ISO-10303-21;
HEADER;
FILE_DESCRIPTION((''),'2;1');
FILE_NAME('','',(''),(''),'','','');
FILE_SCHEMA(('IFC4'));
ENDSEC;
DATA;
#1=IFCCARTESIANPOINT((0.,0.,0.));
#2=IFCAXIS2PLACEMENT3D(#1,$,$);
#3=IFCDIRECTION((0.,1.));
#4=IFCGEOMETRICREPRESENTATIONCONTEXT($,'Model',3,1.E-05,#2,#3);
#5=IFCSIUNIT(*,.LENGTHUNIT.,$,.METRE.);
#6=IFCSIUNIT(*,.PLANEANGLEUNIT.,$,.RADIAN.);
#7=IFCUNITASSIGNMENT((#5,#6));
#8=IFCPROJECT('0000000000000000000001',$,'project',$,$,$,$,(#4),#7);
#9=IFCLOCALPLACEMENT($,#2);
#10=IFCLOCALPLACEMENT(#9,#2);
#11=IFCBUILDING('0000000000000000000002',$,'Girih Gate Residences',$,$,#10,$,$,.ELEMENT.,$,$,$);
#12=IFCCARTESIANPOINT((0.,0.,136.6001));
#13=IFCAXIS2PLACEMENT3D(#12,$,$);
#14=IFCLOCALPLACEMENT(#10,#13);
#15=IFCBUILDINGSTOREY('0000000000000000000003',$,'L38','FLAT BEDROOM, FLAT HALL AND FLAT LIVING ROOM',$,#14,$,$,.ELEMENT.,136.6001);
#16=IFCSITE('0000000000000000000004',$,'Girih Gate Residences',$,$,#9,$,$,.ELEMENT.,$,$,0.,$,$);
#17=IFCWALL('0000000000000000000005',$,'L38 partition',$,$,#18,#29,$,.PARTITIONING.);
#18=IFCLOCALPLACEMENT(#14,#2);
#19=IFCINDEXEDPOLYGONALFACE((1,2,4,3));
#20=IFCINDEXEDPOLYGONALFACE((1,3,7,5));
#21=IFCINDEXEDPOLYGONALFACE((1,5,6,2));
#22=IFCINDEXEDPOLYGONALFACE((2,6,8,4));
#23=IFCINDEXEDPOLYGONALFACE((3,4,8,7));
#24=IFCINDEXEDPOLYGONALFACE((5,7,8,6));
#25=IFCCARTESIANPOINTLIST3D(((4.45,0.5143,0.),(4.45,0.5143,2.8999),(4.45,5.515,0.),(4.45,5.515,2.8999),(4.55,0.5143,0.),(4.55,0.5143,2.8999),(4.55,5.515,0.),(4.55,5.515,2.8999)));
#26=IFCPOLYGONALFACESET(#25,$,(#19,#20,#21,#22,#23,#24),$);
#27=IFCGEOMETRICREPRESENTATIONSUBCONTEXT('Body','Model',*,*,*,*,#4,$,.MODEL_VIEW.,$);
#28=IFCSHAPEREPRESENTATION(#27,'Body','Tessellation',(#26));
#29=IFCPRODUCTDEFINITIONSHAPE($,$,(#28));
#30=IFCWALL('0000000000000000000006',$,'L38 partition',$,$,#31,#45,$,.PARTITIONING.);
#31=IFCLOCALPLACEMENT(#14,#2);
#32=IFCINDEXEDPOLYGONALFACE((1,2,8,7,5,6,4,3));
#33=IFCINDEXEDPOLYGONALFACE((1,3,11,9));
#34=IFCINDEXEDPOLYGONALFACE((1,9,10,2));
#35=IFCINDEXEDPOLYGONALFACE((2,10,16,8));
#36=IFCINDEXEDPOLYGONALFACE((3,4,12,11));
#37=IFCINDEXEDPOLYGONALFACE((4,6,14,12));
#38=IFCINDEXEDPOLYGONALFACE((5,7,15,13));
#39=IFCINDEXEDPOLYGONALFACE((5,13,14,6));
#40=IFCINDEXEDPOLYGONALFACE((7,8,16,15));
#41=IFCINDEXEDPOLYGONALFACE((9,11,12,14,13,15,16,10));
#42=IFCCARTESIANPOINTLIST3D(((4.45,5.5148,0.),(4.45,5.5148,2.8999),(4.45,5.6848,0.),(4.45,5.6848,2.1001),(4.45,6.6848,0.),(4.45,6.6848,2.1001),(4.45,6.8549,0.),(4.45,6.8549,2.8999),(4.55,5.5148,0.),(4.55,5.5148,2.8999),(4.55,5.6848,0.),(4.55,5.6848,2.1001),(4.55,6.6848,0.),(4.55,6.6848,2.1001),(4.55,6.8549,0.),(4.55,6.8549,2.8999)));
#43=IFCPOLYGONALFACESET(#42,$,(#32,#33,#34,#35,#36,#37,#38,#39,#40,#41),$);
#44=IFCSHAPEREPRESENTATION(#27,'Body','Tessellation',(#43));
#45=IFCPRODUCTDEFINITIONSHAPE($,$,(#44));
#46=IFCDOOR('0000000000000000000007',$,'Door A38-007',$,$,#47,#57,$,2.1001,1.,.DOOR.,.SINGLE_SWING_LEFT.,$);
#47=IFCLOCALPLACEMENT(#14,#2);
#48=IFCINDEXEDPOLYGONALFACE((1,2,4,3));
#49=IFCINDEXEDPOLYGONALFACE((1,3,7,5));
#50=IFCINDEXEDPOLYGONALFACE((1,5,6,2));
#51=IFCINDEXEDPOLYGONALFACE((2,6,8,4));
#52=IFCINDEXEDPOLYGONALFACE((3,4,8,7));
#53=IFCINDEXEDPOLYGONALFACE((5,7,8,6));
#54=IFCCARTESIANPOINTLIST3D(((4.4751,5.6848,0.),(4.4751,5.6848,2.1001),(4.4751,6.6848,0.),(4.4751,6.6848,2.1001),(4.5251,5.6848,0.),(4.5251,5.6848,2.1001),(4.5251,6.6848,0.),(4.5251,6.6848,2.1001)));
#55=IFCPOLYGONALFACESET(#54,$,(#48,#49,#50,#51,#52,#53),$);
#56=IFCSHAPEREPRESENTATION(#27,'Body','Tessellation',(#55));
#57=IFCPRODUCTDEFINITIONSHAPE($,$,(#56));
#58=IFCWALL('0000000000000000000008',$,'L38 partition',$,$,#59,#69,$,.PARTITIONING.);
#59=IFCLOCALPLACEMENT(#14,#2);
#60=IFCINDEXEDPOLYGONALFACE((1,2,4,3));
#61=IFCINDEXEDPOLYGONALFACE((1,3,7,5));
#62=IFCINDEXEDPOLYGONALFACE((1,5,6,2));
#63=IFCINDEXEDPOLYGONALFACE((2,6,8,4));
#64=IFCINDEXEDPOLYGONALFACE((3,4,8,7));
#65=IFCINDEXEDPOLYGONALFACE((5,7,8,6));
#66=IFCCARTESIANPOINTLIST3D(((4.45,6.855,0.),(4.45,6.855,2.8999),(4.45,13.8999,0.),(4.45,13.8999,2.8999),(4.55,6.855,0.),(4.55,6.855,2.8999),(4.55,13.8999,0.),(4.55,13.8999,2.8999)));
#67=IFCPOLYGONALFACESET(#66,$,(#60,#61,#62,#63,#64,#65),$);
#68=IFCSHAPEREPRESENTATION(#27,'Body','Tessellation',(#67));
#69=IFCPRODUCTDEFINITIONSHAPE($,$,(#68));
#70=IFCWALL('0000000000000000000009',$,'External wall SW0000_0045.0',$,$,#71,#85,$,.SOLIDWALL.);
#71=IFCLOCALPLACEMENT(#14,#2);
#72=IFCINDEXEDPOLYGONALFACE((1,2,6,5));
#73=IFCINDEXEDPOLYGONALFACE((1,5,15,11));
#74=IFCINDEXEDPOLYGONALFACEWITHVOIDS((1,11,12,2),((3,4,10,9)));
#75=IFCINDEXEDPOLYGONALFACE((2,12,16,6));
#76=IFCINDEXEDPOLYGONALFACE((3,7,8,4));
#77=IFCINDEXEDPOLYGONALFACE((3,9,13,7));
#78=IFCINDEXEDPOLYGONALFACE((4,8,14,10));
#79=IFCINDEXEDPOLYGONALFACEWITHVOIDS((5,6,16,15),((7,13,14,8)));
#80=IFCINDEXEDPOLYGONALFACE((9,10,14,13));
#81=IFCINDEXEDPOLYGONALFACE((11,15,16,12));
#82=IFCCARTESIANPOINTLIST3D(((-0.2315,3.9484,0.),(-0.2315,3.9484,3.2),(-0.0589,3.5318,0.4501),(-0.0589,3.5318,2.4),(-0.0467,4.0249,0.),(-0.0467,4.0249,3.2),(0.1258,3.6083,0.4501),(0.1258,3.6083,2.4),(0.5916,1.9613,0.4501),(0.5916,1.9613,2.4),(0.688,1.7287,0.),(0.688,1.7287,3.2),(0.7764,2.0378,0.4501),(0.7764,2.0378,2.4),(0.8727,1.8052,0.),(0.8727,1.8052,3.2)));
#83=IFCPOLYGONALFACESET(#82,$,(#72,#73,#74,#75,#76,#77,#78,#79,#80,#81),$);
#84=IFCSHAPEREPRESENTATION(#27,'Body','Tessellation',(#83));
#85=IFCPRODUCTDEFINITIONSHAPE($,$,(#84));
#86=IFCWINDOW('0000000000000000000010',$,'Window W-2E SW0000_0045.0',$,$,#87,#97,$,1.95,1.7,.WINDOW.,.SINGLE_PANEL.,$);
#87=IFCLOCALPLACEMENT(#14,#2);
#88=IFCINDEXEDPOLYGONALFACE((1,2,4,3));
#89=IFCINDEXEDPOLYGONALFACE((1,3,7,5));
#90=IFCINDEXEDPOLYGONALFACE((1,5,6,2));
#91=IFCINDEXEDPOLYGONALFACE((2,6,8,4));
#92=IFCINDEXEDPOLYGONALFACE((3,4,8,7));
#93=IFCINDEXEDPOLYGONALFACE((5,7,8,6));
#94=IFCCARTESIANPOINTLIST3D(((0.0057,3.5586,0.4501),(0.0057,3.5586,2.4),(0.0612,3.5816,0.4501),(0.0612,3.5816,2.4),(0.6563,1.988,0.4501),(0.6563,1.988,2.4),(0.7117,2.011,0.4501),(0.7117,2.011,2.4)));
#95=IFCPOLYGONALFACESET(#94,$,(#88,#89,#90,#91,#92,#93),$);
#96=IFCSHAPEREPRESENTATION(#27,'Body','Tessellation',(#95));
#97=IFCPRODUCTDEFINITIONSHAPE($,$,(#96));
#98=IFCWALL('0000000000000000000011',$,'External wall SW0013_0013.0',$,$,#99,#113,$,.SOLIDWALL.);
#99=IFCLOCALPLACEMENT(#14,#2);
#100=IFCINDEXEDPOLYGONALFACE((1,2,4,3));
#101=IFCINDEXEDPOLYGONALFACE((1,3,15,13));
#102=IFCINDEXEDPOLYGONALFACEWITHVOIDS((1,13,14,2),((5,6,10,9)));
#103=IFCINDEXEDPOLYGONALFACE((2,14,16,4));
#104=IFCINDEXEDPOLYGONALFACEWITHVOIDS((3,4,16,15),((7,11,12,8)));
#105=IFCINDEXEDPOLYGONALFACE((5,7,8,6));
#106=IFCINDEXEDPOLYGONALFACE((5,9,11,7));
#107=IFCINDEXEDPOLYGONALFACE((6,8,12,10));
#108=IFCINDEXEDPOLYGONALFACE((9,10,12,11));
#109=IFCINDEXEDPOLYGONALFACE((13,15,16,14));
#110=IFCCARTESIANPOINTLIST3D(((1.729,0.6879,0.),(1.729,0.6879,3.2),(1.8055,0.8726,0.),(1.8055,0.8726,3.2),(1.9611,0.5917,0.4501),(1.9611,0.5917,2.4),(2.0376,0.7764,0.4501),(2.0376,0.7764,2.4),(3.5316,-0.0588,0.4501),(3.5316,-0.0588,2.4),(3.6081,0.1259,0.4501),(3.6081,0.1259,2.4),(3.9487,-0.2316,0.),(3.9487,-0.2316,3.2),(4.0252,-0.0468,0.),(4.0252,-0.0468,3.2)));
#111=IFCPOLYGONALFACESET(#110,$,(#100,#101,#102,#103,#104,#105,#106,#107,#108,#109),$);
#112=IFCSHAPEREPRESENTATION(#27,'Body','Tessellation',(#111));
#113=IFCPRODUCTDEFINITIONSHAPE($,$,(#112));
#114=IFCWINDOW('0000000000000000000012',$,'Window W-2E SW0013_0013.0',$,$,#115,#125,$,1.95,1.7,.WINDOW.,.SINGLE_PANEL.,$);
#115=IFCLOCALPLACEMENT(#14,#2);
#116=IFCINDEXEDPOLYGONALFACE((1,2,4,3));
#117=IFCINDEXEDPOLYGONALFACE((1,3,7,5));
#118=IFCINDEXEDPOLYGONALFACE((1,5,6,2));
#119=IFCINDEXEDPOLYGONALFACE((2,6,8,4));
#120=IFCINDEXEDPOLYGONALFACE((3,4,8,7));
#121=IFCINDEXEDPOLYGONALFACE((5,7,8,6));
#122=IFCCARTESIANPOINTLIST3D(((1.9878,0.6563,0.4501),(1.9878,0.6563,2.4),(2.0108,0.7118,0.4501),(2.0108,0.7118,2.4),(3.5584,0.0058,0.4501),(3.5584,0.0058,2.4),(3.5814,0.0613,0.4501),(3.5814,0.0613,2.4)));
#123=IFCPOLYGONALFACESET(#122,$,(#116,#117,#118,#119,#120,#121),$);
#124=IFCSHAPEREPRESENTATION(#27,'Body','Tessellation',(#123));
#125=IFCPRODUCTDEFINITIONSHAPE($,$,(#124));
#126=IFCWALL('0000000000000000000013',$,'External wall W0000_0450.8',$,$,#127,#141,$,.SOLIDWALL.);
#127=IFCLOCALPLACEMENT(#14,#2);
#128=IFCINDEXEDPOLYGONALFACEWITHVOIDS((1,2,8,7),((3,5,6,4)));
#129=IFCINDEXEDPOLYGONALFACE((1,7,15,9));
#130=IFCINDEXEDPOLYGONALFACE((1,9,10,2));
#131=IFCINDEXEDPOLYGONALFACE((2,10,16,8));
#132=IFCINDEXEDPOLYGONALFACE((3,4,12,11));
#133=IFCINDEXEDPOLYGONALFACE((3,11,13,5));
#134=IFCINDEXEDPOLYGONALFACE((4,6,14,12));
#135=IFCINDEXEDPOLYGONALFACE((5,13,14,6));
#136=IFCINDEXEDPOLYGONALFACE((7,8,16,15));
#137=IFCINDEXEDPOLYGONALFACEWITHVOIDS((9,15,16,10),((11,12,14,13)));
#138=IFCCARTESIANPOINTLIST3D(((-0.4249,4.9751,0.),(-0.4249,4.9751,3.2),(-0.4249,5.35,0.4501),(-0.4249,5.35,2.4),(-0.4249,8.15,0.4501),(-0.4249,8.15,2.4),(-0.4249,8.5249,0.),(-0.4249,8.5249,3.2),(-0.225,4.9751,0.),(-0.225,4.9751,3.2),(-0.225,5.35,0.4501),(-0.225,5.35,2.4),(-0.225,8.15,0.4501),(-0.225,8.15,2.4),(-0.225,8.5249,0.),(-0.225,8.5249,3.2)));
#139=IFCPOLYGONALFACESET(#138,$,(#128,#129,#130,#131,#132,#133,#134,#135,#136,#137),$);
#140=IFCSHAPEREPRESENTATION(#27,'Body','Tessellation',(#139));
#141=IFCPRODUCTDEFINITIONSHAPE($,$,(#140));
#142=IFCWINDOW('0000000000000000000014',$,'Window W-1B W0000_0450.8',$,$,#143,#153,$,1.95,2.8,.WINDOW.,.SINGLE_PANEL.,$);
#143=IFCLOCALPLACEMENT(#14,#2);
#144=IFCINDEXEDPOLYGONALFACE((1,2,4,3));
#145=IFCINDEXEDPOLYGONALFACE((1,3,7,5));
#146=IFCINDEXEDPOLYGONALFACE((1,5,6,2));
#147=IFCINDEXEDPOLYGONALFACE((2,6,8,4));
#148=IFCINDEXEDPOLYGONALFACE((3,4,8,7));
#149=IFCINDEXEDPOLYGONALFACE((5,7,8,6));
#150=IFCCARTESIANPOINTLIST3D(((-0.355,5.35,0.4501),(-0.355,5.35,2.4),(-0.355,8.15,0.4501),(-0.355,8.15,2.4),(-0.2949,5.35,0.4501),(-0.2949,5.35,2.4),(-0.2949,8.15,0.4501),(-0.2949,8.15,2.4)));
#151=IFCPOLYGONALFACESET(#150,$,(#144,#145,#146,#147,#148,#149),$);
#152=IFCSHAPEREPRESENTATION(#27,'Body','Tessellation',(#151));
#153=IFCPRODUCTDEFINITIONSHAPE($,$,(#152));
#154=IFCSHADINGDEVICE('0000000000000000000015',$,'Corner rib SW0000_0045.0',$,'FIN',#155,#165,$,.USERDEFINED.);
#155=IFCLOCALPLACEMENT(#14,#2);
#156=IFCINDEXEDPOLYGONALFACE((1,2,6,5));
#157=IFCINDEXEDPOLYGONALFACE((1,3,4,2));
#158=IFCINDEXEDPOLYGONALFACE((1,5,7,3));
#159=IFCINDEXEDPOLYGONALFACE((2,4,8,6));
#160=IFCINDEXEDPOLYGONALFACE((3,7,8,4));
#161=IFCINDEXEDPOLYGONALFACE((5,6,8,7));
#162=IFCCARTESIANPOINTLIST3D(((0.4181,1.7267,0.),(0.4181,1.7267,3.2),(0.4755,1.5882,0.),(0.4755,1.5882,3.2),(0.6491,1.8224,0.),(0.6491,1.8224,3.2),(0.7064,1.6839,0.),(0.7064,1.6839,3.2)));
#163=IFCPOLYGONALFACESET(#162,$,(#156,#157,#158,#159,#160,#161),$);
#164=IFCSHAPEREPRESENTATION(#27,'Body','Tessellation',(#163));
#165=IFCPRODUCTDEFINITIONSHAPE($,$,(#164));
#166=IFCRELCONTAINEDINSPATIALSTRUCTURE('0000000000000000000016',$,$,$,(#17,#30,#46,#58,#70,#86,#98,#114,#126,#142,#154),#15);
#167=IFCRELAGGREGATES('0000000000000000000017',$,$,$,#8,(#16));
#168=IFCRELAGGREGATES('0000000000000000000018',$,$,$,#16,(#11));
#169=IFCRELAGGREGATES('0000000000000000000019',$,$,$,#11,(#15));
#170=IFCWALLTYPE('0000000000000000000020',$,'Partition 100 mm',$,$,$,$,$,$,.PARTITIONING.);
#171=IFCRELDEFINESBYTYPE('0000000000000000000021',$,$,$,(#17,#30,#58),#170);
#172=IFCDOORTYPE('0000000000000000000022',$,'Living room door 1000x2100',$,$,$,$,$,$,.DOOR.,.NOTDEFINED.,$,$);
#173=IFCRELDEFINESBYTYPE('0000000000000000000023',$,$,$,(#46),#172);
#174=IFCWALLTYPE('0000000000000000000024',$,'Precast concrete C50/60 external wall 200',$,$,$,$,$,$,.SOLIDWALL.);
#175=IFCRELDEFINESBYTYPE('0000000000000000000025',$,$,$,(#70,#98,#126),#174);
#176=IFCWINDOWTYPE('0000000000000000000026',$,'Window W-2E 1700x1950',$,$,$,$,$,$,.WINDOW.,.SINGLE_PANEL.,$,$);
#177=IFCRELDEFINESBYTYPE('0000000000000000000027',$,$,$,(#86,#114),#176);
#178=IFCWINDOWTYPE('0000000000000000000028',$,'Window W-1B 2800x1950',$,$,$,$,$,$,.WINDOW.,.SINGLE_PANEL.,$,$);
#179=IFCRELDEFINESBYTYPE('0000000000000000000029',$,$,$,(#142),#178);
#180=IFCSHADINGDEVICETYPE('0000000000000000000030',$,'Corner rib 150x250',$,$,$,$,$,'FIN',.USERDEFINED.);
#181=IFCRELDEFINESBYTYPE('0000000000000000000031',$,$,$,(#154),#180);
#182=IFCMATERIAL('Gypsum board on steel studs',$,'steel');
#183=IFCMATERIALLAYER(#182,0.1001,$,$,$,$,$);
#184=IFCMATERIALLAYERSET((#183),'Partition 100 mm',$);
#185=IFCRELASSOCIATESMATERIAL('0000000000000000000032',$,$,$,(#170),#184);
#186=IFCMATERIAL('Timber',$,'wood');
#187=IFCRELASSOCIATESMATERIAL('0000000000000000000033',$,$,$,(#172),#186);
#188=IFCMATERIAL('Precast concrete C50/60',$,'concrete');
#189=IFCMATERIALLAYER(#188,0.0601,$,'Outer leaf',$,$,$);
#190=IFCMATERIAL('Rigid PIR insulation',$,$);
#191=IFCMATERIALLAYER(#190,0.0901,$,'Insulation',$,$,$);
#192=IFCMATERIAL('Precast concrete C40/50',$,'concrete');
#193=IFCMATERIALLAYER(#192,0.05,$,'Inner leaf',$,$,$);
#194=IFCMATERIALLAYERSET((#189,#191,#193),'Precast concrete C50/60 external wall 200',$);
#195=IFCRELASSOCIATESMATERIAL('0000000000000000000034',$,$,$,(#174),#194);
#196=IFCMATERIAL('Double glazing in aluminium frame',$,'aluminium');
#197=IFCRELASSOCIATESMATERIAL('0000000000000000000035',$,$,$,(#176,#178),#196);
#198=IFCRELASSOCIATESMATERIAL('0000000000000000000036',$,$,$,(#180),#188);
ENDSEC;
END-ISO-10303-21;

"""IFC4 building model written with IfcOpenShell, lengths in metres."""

from ifc_helpers import new_model, si_unit, direction, frame, frame_2d, origin, origin_2d, place, context, subcontext, project, spatial, rectangle, extrude, material, layer, layer_set, type_object, element, fill, save


model = new_model("IFC4")

# Units and contexts
model_context = context("Model", 3, precision=1e-05, world=origin(), true_north=direction((0.0, 1.0)))
body_context = subcontext(model_context, "Body", "Model", "MODEL_VIEW")
ifc_project = project(units=[si_unit("LENGTHUNIT", "METRE"), si_unit("PLANEANGLEUNIT", "RADIAN")], contexts=[model_context])

# Site, building, storey
site_placement = place(None, origin())
site = spatial("IfcSite", under=ifc_project, at=site_placement, Name="Girih Gate Residences", CompositionType="ELEMENT", RefElevation=0.0)
building_placement = place(site_placement, origin())
building = spatial("IfcBuilding", under=site, at=building_placement, Name="Girih Gate Residences", CompositionType="ELEMENT")
storey_placement = place(building_placement, frame((0.0, 0.0, 136.6001)))
storey = spatial("IfcBuildingStorey", under=building, at=storey_placement, Name="L38", Description="FLAT BEDROOM, FLAT HALL AND FLAT LIVING ROOM", CompositionType="ELEMENT", Elevation=136.6001)

# Wall
ifc_material_1 = material(Name="Gypsum board on steel studs", Category="steel")
ifc_layer_1 = layer(ifc_material_1, 0.1001)
ifc_layer_set_1 = layer_set([ifc_layer_1], Name="Partition 100 mm")
wall_type_1 = type_object("IfcWallType", Name="Partition 100 mm", PredefinedType="PARTITIONING", material=ifc_layer_set_1)
wall_1_placement = place(storey_placement, frame((4.5, 0.5142, 0.0), z_axis=(0.0, 0.0, 1.0), x_axis=(0.0, 1.0, 0.0)))
element("IfcWall", 1, at=wall_1_placement, inside=storey, type_object=wall_type_1, Name="L38 partition", PredefinedType="PARTITIONING", context=body_context, shape_type="SweptSolid", body=[
    extrude(rectangle(XDim=5.0007, YDim=0.1001, at=frame_2d((2.5005, 0.0))), origin(), (0.0, 0.0, 1.0), 2.8999),
])

# Wall, opening, door
wall_2_placement = place(storey_placement, frame((4.5, 5.5149, 0.0), z_axis=(0.0, 0.0, 1.0), x_axis=(0.0, 1.0, 0.0)))
wall_2 = element("IfcWall", 2, at=wall_2_placement, inside=storey, type_object=wall_type_1, Name="L38 partition", PredefinedType="PARTITIONING", context=body_context, shape_type="SweptSolid", body=[
    extrude(rectangle(XDim=1.3401, YDim=0.1001, at=frame_2d((0.6699, 0.0))), origin(), (0.0, 0.0, 1.0), 2.8999),
])
opening_1_placement = place(wall_2_placement, frame((0.1699, 0.0, 0.0)))
opening_1 = element("IfcOpeningElement", 3, at=opening_1_placement, cuts=wall_2, PredefinedType="OPENING", context=body_context, shape_type="SweptSolid", body=[
    extrude(rectangle(XDim=1.0, YDim=2.1001, at=frame_2d((0.5, 1.05))), frame((0.0, 0.0601, 0.0), z_axis=(0.0, -1.0, 0.0), x_axis=(1.0, 0.0, 0.0)), (0.0, 0.0, 1.0), 0.1201),
])
ifc_material_2 = material(Name="Timber", Category="wood")
door_type = type_object("IfcDoorType", Name="Living room door 1000x2100", OperationType="NOTDEFINED", PredefinedType="DOOR", material=ifc_material_2)
door_placement = place(opening_1_placement, origin())
door = element("IfcDoor", 4, at=door_placement, inside=storey, type_object=door_type, Name="Door A38-007", OperationType="SINGLE_SWING_LEFT", OverallHeight=2.1001, OverallWidth=1.0, PredefinedType="DOOR", context=body_context, shape_type="SweptSolid", body=[
    extrude(rectangle(XDim=1.0, YDim=2.1001, at=frame_2d((0.5, 1.05))), frame((0.0, 0.0249, 0.0), z_axis=(0.0, -1.0, 0.0), x_axis=(1.0, 0.0, 0.0)), (0.0, 0.0, 1.0), 0.05),
])
fill(opening_1, door)

# Wall
wall_3_placement = place(storey_placement, frame((4.5, 6.855, 0.0), z_axis=(0.0, 0.0, 1.0), x_axis=(0.0, 1.0, 0.0)))
element("IfcWall", 5, at=wall_3_placement, inside=storey, type_object=wall_type_1, Name="L38 partition", PredefinedType="PARTITIONING", context=body_context, shape_type="SweptSolid", body=[
    extrude(rectangle(XDim=7.0449, YDim=0.1001, at=frame_2d((3.5225, 0.0))), origin(), (0.0, 0.0, 1.0), 2.8999),
])

# Walls, openings, windows
ifc_material_3 = material(Name="Precast concrete C50/60", Category="concrete")
ifc_layer_2 = layer(ifc_material_3, 0.0601, Name="Outer leaf")
ifc_material_4 = material(Name="Rigid PIR insulation")
ifc_layer_3 = layer(ifc_material_4, 0.0901, Name="Insulation")
ifc_material_5 = material(Name="Precast concrete C40/50", Category="concrete")
ifc_layer_4 = layer(ifc_material_5, 0.05, Name="Inner leaf")
ifc_layer_set_2 = layer_set([ifc_layer_2, ifc_layer_3, ifc_layer_4], Name="Precast concrete C50/60 external wall 200")
wall_type_2 = type_object("IfcWallType", Name="Precast concrete C50/60 external wall 200", PredefinedType="SOLIDWALL", material=ifc_layer_set_2)
wall_4_placement = place(storey_placement, frame((0.7803, 1.7671, 0.0), z_axis=(0.0, 0.0, 1.0), x_axis=(-0.382681, 0.923881, 0.0)))
wall_4 = element("IfcWall", 6, at=wall_4_placement, inside=storey, type_object=wall_type_2, Name="External wall SW0000_0045.0", PredefinedType="SOLIDWALL", context=body_context, shape_type="SweptSolid", body=[
    extrude(rectangle(XDim=2.4026, YDim=0.2, at=frame_2d((1.2012, 0.0))), origin(), (0.0, 0.0, 1.0), 3.2),
])
opening_2_placement = place(wall_4_placement, frame((0.2515, 0.0, 0.45)))
opening_2 = element("IfcOpeningElement", 7, at=opening_2_placement, cuts=wall_4, PredefinedType="OPENING", context=body_context, shape_type="SweptSolid", body=[
    extrude(rectangle(XDim=1.7, YDim=1.95, at=frame_2d((0.8501, 0.9751))), frame((0.0, 0.1099, 0.0), z_axis=(0.0, -1.0, 0.0), x_axis=(1.0, 0.0, 0.0)), (0.0, 0.0, 1.0), 0.22),
])
ifc_material_6 = material(Name="Double glazing in aluminium frame", Category="aluminium")
window_type_1 = type_object("IfcWindowType", Name="Window W-2E 1700x1950", PartitioningType="SINGLE_PANEL", PredefinedType="WINDOW", material=ifc_material_6)
window_1_placement = place(opening_2_placement, origin())
window_1 = element("IfcWindow", 8, at=window_1_placement, inside=storey, type_object=window_type_1, Name="Window W-2E SW0000_0045.0", OverallHeight=1.95, OverallWidth=1.7, PartitioningType="SINGLE_PANEL", PredefinedType="WINDOW", context=body_context, shape_type="SweptSolid", body=[
    extrude(rectangle(XDim=1.7, YDim=1.95, at=frame_2d((0.8501, 0.9751))), frame((0.0, 0.03, 0.0), z_axis=(0.0, -1.0, 0.0), x_axis=(1.0, 0.0, 0.0)), (0.0, 0.0, 1.0), 0.0601),
])
fill(opening_2, window_1)
wall_5_placement = place(storey_placement, frame((3.9868, -0.1392, 0.0), z_axis=(0.0, 0.0, 1.0), x_axis=(-0.923881, 0.382681, 0.0)))
wall_5 = element("IfcWall", 9, at=wall_5_placement, inside=storey, type_object=wall_type_2, Name="External wall SW0013_0013.0", PredefinedType="SOLIDWALL", context=body_context, shape_type="SweptSolid", body=[
    extrude(rectangle(XDim=2.4026, YDim=0.2, at=frame_2d((1.2012, 0.0))), origin(), (0.0, 0.0, 1.0), 3.2),
])
opening_3_placement = place(wall_5_placement, frame((0.4512, 0.0, 0.45)))
opening_3 = element("IfcOpeningElement", 10, at=opening_3_placement, cuts=wall_5, PredefinedType="OPENING", context=body_context, shape_type="SweptSolid", body=[
    extrude(rectangle(XDim=1.7, YDim=1.95, at=frame_2d((0.8501, 0.9751))), frame((0.0, 0.1099, 0.0), z_axis=(0.0, -1.0, 0.0), x_axis=(1.0, 0.0, 0.0)), (0.0, 0.0, 1.0), 0.22),
])
window_2_placement = place(opening_3_placement, origin())
window_2 = element("IfcWindow", 11, at=window_2_placement, inside=storey, type_object=window_type_1, Name="Window W-2E SW0013_0013.0", OverallHeight=1.95, OverallWidth=1.7, PartitioningType="SINGLE_PANEL", PredefinedType="WINDOW", context=body_context, shape_type="SweptSolid", body=[
    extrude(rectangle(XDim=1.7, YDim=1.95, at=frame_2d((0.8501, 0.9751))), frame((0.0, 0.03, 0.0), z_axis=(0.0, -1.0, 0.0), x_axis=(1.0, 0.0, 0.0)), (0.0, 0.0, 1.0), 0.0601),
])
fill(opening_3, window_2)
wall_6_placement = place(storey_placement, frame((-0.325, 4.9751, 0.0), z_axis=(0.0, 0.0, 1.0), x_axis=(0.0, 1.0, 0.0)))
wall_6 = element("IfcWall", 12, at=wall_6_placement, inside=storey, type_object=wall_type_2, Name="External wall W0000_0450.8", PredefinedType="SOLIDWALL", context=body_context, shape_type="SweptSolid", body=[
    extrude(rectangle(XDim=3.5498, YDim=0.2, at=frame_2d((1.7749, 0.0))), origin(), (0.0, 0.0, 1.0), 3.2),
])
opening_4_placement = place(wall_6_placement, frame((0.375, 0.0, 0.45)))
opening_4 = element("IfcOpeningElement", 13, at=opening_4_placement, cuts=wall_6, PredefinedType="OPENING", context=body_context, shape_type="SweptSolid", body=[
    extrude(rectangle(XDim=2.8, YDim=1.95, at=frame_2d((1.3999, 0.9751))), frame((0.0, 0.1099, 0.0), z_axis=(0.0, -1.0, 0.0), x_axis=(1.0, 0.0, 0.0)), (0.0, 0.0, 1.0), 0.22),
])
window_type_2 = type_object("IfcWindowType", Name="Window W-1B 2800x1950", PartitioningType="SINGLE_PANEL", PredefinedType="WINDOW", material=ifc_material_6)
window_3_placement = place(opening_4_placement, origin())
window_3 = element("IfcWindow", 14, at=window_3_placement, inside=storey, type_object=window_type_2, Name="Window W-1B W0000_0450.8", OverallHeight=1.95, OverallWidth=2.8, PartitioningType="SINGLE_PANEL", PredefinedType="WINDOW", context=body_context, shape_type="SweptSolid", body=[
    extrude(rectangle(XDim=2.8, YDim=1.95, at=frame_2d((1.3999, 0.9751))), frame((0.0, 0.03, 0.0), z_axis=(0.0, -1.0, 0.0), x_axis=(1.0, 0.0, 0.0)), (0.0, 0.0, 1.0), 0.0601),
])
fill(opening_4, window_3)

# Shading device
shading_device_type = type_object("IfcShadingDeviceType", Name="Corner rib 150x250", ElementType="FIN", PredefinedType="USERDEFINED", material=ifc_material_3)
for number, where, z_axis, x_axis, name in (
    (15, (0.5623, 1.7053, 0.0), (0.0, 0.0, 1.0), (0.382683, -0.92388, 0.0), "Corner rib SW0000_0045.0"),
):
    element("IfcShadingDevice", number, at=place(storey_placement, frame(where, z_axis=z_axis, x_axis=x_axis)), inside=storey, type_object=shading_device_type, Name=name, ObjectType="FIN", PredefinedType="USERDEFINED", context=body_context, shape_type="SweptSolid", body=[
        extrude(rectangle(XDim=0.1499, YDim=0.25, at=origin_2d()), origin(), (0.0, 0.0, 1.0), 3.2),
    ])

save(model, "model.ifc")
